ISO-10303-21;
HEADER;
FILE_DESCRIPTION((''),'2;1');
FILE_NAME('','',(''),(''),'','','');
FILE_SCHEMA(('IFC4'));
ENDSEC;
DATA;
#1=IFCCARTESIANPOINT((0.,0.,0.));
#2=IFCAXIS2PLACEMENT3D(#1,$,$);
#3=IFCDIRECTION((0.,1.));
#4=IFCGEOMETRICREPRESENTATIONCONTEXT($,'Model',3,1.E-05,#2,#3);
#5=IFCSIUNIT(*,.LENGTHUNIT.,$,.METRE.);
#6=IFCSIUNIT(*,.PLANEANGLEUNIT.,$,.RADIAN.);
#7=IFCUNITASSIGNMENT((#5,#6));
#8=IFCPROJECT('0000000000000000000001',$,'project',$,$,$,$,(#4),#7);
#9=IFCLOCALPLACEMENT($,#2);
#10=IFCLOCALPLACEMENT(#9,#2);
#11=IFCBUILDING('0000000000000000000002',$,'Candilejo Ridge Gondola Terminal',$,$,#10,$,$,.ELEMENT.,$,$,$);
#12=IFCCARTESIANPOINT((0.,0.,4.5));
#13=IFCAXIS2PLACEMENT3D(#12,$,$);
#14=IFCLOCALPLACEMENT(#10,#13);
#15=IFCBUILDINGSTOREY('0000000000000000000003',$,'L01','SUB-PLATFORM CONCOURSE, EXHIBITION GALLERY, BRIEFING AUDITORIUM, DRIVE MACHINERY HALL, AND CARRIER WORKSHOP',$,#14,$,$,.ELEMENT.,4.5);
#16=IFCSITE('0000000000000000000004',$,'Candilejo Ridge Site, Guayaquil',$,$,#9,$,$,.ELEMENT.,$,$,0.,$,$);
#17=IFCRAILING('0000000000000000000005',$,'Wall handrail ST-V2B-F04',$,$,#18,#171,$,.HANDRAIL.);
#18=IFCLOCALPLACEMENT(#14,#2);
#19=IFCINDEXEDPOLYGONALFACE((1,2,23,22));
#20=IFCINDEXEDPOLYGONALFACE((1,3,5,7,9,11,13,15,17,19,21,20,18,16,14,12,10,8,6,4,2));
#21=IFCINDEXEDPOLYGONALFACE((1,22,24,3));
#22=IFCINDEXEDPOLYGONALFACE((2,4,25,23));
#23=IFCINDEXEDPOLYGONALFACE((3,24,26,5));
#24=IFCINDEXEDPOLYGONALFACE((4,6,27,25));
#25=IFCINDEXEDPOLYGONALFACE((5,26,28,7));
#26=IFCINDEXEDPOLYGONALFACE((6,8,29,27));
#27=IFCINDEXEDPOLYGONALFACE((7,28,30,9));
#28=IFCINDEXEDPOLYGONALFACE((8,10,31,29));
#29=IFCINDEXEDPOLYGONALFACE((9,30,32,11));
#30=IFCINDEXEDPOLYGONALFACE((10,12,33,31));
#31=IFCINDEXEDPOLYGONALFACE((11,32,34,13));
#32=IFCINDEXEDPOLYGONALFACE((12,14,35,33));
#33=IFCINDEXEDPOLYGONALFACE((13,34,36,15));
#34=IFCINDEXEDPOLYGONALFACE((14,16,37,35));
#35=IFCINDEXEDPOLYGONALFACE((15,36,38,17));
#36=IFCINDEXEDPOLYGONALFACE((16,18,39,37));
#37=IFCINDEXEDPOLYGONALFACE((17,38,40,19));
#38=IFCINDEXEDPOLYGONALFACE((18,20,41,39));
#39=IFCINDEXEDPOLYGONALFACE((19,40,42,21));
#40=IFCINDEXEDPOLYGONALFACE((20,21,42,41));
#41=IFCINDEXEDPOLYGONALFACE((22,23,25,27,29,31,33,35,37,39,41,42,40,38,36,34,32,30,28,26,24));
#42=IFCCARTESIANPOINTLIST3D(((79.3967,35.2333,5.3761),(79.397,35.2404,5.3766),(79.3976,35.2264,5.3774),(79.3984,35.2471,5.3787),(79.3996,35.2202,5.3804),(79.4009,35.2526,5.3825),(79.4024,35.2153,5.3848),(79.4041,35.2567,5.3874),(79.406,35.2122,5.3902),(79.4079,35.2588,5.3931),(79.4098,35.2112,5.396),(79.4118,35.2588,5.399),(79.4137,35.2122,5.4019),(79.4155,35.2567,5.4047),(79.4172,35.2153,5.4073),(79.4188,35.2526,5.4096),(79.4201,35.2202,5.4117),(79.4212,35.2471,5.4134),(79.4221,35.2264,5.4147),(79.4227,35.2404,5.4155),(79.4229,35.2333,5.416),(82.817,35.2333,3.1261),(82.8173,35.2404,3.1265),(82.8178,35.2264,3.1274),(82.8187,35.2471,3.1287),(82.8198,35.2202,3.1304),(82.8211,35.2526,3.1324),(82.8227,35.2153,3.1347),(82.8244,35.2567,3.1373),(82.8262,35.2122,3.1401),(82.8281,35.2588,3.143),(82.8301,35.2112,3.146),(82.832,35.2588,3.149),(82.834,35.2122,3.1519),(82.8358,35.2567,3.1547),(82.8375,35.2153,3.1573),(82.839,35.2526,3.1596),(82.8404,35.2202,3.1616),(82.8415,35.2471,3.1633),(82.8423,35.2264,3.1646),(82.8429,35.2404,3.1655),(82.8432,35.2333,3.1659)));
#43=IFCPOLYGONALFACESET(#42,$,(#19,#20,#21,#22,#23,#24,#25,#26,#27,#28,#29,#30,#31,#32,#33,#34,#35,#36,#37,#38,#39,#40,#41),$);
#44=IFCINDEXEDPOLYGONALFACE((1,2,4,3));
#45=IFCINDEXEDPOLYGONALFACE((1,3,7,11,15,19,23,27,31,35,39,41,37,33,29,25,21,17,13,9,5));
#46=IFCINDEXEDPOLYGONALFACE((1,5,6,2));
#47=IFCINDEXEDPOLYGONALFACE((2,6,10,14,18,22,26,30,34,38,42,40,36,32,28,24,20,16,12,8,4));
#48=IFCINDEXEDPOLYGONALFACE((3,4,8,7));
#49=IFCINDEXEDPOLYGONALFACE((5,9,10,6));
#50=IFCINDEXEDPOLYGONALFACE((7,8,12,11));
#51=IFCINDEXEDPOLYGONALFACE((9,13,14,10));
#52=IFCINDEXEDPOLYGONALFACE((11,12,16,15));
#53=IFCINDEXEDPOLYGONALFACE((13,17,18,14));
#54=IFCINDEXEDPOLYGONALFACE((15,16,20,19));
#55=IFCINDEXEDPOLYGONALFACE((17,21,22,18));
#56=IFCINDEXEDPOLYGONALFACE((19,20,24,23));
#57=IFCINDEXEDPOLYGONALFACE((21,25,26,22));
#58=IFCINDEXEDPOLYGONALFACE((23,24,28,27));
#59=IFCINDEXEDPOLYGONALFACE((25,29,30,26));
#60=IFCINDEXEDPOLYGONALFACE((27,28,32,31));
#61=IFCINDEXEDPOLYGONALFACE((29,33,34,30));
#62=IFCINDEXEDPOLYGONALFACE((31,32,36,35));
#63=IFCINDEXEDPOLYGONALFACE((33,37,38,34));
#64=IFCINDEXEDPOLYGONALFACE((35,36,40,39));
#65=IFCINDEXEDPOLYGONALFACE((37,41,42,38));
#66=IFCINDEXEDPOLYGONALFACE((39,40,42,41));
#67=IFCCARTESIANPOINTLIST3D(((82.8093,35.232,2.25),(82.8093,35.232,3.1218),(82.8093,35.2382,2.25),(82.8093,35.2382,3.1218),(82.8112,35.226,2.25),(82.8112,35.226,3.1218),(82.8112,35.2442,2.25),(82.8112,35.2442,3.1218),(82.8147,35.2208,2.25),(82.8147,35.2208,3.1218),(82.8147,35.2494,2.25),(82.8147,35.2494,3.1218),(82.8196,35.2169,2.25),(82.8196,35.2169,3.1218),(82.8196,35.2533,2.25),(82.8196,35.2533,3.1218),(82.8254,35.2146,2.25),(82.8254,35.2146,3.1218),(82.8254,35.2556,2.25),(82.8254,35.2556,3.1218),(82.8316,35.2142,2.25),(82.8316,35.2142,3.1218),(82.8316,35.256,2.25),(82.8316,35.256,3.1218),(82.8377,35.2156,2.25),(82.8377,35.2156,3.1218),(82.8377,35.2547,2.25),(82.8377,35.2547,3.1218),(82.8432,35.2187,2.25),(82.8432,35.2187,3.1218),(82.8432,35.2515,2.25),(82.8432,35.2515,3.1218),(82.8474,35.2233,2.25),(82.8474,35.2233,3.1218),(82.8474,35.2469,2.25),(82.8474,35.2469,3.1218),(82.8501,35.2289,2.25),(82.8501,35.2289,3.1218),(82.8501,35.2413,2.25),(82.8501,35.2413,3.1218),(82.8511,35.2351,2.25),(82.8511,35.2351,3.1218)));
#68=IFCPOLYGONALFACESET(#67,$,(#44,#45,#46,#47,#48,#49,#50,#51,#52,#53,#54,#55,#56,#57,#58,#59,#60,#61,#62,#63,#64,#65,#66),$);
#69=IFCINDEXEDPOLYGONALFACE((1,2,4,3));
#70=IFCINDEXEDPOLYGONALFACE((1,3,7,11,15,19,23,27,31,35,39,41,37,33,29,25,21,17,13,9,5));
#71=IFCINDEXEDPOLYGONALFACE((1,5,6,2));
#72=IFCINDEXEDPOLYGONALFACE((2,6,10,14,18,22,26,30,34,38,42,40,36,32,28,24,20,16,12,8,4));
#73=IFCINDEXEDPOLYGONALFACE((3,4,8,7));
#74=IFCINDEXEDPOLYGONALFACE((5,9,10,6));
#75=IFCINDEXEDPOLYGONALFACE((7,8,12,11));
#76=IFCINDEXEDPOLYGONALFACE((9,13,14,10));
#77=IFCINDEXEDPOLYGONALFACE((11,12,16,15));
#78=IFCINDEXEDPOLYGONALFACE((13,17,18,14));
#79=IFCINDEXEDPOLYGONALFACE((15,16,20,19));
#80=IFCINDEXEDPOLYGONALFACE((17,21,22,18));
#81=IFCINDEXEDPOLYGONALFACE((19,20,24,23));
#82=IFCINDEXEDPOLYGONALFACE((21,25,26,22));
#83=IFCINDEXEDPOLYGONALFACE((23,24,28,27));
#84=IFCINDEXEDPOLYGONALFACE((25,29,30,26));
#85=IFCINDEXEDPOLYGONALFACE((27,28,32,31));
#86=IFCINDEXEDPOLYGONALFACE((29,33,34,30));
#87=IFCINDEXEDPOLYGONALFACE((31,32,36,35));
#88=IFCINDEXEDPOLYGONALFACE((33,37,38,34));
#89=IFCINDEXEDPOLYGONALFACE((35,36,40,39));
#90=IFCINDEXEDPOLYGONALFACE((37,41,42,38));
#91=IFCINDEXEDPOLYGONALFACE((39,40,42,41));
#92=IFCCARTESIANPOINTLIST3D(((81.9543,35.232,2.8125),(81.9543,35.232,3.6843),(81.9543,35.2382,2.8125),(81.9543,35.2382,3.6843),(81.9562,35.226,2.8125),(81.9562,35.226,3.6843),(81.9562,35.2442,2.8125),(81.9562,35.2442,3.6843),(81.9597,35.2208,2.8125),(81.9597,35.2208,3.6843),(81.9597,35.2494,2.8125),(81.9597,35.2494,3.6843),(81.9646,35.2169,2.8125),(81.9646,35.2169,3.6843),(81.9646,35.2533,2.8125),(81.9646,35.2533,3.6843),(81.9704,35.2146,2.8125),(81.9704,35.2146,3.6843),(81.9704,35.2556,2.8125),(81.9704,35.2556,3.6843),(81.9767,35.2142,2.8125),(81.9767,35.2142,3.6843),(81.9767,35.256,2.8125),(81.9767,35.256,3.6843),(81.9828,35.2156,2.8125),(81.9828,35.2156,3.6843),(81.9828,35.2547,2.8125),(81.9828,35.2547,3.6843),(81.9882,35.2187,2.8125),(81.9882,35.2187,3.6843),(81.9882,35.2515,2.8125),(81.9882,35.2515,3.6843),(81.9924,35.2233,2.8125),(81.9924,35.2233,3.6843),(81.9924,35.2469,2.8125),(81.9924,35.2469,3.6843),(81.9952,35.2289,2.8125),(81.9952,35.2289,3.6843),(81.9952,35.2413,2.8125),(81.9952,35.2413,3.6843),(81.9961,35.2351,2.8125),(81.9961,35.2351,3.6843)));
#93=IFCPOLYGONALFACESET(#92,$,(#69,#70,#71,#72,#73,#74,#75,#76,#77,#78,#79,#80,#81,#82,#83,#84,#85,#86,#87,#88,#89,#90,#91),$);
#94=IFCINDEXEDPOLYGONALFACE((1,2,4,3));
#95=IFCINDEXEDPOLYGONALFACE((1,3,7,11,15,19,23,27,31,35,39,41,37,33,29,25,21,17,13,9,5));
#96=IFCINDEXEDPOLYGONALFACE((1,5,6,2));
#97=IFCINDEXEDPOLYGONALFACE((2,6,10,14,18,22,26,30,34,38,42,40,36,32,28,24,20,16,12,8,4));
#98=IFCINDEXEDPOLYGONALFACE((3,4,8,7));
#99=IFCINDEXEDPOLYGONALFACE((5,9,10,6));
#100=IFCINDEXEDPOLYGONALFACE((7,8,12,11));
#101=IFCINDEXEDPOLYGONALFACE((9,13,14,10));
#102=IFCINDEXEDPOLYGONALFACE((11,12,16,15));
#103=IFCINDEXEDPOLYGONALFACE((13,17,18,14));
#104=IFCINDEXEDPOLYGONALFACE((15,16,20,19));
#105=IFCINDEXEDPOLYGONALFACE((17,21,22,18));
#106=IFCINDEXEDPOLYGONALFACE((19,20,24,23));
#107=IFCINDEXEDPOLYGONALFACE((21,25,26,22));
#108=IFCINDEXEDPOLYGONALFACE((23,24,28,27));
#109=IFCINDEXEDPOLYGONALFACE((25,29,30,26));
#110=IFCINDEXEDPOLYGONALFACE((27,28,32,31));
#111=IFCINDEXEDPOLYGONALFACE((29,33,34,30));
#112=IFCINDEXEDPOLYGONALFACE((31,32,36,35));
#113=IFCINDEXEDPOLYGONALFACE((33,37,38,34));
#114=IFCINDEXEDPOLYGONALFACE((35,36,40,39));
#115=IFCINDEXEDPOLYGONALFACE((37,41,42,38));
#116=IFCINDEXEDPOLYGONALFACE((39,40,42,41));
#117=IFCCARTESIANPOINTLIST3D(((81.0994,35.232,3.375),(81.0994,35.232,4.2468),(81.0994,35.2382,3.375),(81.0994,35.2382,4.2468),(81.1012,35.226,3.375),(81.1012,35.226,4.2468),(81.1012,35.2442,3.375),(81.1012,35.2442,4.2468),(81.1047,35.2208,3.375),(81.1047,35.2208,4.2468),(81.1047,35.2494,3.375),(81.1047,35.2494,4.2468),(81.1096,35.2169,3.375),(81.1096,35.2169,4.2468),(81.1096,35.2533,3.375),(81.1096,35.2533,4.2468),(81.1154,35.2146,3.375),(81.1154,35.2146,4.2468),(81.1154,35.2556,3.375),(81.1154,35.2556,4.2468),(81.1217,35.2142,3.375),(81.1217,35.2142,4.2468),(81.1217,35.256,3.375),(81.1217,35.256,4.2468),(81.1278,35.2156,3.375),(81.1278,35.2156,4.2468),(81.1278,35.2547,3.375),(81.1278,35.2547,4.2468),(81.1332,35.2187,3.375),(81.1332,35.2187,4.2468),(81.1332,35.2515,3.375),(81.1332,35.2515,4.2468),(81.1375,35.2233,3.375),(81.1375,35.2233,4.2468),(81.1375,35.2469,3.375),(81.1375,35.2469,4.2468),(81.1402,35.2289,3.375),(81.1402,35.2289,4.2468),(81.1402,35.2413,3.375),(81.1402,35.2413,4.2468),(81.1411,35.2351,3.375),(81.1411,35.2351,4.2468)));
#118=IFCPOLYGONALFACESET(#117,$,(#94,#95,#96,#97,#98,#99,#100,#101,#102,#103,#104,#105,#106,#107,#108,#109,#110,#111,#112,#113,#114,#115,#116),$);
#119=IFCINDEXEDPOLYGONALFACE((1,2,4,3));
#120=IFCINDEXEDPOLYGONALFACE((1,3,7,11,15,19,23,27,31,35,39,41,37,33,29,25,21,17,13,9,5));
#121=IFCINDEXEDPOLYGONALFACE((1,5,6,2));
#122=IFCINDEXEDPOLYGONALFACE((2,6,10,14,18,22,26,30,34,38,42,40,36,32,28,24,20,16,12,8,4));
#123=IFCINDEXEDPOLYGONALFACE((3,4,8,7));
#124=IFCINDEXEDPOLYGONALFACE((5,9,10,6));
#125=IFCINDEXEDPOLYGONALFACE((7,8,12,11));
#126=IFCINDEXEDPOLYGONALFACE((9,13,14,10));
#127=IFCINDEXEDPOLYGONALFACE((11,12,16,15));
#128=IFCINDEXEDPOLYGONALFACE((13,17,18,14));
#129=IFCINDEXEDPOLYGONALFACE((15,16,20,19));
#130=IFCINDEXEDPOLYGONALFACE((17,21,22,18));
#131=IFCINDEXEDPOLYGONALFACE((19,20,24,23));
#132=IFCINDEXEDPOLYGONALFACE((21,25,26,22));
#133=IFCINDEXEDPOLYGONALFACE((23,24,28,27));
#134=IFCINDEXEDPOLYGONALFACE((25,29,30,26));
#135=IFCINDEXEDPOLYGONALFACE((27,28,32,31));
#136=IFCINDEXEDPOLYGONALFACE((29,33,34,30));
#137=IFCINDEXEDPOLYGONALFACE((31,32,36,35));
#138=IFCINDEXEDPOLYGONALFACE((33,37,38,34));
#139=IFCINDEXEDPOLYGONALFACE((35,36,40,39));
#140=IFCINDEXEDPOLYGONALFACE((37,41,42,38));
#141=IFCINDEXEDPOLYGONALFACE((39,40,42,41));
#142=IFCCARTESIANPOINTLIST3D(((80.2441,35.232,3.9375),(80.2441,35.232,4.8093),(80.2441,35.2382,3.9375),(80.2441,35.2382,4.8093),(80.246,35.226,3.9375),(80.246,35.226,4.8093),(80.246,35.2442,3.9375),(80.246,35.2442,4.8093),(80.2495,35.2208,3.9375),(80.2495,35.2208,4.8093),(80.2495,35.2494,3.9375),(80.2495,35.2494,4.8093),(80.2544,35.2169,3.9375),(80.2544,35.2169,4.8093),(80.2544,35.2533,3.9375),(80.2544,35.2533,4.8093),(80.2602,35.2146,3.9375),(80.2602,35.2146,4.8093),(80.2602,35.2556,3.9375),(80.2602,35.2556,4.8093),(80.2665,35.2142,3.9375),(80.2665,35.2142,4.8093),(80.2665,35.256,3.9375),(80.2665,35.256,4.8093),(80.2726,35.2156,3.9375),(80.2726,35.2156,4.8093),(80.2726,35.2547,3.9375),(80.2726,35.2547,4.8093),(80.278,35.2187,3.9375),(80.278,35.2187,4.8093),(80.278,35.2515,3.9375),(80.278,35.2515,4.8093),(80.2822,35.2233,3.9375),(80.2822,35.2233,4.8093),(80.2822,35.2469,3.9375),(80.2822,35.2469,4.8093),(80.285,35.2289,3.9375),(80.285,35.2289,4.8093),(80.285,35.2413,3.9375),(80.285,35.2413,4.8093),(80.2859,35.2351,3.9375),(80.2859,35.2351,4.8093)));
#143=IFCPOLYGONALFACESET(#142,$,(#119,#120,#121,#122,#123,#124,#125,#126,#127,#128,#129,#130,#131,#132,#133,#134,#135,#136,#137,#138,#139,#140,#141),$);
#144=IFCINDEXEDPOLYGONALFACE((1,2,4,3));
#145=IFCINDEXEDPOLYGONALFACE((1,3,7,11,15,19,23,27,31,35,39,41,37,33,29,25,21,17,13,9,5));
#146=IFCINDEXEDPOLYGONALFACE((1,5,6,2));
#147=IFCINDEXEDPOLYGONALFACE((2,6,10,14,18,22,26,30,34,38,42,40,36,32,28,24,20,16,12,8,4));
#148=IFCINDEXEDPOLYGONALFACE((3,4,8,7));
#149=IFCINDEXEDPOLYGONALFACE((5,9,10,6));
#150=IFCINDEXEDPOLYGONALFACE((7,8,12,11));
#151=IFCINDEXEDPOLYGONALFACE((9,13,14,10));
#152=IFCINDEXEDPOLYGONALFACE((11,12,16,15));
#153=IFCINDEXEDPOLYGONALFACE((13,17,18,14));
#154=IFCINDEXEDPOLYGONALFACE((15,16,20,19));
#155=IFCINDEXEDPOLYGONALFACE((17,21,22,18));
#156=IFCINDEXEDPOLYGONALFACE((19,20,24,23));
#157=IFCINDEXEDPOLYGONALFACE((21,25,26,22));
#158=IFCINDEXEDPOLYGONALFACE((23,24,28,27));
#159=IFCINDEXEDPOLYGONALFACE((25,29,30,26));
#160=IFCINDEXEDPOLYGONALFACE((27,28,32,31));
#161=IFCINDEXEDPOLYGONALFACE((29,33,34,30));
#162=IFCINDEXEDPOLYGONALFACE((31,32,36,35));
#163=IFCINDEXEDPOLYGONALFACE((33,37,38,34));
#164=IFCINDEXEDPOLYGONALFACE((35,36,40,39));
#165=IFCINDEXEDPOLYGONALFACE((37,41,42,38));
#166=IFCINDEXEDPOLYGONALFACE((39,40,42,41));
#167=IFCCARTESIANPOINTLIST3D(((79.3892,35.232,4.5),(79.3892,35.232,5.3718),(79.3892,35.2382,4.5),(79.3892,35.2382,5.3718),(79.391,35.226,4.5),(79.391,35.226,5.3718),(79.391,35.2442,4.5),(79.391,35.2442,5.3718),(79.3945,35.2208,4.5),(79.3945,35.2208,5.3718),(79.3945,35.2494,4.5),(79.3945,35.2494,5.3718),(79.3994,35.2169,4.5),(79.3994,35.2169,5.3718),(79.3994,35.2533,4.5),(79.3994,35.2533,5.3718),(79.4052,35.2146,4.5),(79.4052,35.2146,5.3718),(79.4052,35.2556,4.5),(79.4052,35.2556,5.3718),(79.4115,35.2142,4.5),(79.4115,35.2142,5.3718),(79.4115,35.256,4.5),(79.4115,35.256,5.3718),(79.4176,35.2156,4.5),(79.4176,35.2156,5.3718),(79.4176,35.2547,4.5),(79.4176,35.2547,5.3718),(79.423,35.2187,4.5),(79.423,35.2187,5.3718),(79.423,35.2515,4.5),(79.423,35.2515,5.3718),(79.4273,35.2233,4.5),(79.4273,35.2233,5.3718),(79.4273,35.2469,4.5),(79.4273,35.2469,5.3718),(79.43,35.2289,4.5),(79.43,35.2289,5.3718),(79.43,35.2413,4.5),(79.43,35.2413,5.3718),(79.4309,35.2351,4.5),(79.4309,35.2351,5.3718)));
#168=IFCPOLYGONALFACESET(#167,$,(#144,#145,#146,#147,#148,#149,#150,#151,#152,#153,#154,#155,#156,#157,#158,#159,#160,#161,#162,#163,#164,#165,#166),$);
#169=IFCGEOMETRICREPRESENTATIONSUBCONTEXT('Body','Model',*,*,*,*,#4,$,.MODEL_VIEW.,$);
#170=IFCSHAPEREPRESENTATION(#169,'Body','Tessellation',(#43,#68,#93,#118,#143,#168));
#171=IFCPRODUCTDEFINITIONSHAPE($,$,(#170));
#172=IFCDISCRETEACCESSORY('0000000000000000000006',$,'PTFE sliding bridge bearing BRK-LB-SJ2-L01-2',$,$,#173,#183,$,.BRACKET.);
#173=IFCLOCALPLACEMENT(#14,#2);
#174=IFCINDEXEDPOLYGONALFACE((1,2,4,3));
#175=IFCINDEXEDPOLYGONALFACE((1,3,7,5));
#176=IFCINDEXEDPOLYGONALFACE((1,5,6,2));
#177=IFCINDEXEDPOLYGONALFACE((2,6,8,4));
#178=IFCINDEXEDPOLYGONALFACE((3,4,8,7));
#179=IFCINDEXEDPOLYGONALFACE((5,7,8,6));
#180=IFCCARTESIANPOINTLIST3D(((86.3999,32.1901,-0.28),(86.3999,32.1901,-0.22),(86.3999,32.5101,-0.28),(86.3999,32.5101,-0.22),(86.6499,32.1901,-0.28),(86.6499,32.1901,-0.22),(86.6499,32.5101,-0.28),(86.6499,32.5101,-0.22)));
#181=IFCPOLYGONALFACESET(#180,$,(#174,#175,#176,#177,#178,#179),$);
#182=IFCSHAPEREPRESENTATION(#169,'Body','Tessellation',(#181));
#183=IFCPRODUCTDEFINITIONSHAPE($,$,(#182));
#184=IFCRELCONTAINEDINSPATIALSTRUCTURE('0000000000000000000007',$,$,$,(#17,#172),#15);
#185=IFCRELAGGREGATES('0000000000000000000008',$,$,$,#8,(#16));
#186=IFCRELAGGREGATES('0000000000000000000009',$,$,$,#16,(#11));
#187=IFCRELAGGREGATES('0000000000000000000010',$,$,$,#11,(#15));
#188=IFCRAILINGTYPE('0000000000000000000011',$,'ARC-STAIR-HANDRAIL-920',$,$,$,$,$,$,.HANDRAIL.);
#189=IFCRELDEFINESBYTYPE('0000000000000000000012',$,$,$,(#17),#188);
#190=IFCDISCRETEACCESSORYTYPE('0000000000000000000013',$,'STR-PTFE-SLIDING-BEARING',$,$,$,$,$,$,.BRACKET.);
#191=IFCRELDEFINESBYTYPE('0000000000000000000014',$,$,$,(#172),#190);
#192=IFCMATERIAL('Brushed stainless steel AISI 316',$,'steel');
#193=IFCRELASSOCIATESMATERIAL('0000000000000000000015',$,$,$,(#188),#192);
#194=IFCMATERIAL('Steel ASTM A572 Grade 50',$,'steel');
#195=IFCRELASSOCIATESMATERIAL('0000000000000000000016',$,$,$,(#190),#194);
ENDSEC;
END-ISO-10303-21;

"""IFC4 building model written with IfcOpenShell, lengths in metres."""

from ifc_helpers import new_model, si_unit, direction, frame, origin, origin_2d, place, context, subcontext, project, spatial, rectangle, circle, extrude, material, type_object, element, save


model = new_model("IFC4")

# Units and contexts
model_context = context("Model", 3, precision=1e-05, world=origin(), true_north=direction((0.0, 1.0)))
body_context = subcontext(model_context, "Body", "Model", "MODEL_VIEW")
ifc_project = project(units=[si_unit("LENGTHUNIT", "METRE"), si_unit("PLANEANGLEUNIT", "RADIAN")], contexts=[model_context])

# Site, building, storey
site_placement = place(None, origin())
site = spatial("IfcSite", under=ifc_project, at=site_placement, Name="Candilejo Ridge Site, Guayaquil", CompositionType="ELEMENT", RefElevation=0.0)
building_placement = place(site_placement, origin())
building = spatial("IfcBuilding", under=site, at=building_placement, Name="Candilejo Ridge Gondola Terminal", CompositionType="ELEMENT")
storey_placement = place(building_placement, frame((0.0, 0.0, 4.5)))
storey = spatial("IfcBuildingStorey", under=building, at=storey_placement, Name="L01", Description="SUB-PLATFORM CONCOURSE, EXHIBITION GALLERY, BRIEFING AUDITORIUM, DRIVE MACHINERY HALL, AND CARRIER WORKSHOP", CompositionType="ELEMENT", Elevation=4.5)

# Railing
ifc_material_1 = material(Name="Brushed stainless steel AISI 316", Category="steel")
railing_type_1 = type_object("IfcRailingType", Name="ARC-STAIR-HANDRAIL-920", PredefinedType="HANDRAIL", material=ifc_material_1)
railing_1_placement = place(storey_placement, frame((82.8301, 35.2351, 2.25)))
element("IfcRailing", 1, at=railing_1_placement, inside=storey, type_object=railing_type_1, Name="Wall handrail ST-V2B-F04", PredefinedType="HANDRAIL", context=body_context, shape_type="SweptSolid", body=[
    extrude(circle(Radius=0.0239, at=origin_2d()), frame((0.0, 0.0, 0.896), z_axis=(-0.835429, 0.0, 0.549598), x_axis=(0.0, -1.0, 0.0)), (0.0, 0.0, 1.0), 4.094),
    extrude(circle(Radius=0.021, at=origin_2d()), origin(), (0.0, 0.0, 1.0), 0.8718),
    extrude(circle(Radius=0.021, at=origin_2d()), frame((-0.855, 0.0, 0.5625)), (0.0, 0.0, 1.0), 0.8718),
    extrude(circle(Radius=0.021, at=origin_2d()), frame((-1.71, 0.0, 1.125)), (0.0, 0.0, 1.0), 0.8718),
    extrude(circle(Radius=0.021, at=origin_2d()), frame((-2.5652, 0.0, 1.6875)), (0.0, 0.0, 1.0), 0.8718),
    extrude(circle(Radius=0.021, at=origin_2d()), frame((-3.4202, 0.0, 2.25)), (0.0, 0.0, 1.0), 0.8718),
])

# Discrete accessory
ifc_material_2 = material(Name="Steel ASTM A572 Grade 50", Category="steel")
discrete_accessory_type = type_object("IfcDiscreteAccessoryType", Name="STR-PTFE-SLIDING-BEARING", PredefinedType="BRACKET", material=ifc_material_2)
discrete_accessory_placement = place(storey_placement, frame((86.5249, 32.3501, -0.28)))
element("IfcDiscreteAccessory", 2, at=discrete_accessory_placement, inside=storey, type_object=discrete_accessory_type, Name="PTFE sliding bridge bearing BRK-LB-SJ2-L01-2", PredefinedType="BRACKET", context=body_context, shape_type="SweptSolid", body=[
    extrude(rectangle(XDim=0.25, YDim=0.3201, at=origin_2d()), origin(), (0.0, 0.0, 1.0), 0.0601),
])

save(model, "model.ifc")
